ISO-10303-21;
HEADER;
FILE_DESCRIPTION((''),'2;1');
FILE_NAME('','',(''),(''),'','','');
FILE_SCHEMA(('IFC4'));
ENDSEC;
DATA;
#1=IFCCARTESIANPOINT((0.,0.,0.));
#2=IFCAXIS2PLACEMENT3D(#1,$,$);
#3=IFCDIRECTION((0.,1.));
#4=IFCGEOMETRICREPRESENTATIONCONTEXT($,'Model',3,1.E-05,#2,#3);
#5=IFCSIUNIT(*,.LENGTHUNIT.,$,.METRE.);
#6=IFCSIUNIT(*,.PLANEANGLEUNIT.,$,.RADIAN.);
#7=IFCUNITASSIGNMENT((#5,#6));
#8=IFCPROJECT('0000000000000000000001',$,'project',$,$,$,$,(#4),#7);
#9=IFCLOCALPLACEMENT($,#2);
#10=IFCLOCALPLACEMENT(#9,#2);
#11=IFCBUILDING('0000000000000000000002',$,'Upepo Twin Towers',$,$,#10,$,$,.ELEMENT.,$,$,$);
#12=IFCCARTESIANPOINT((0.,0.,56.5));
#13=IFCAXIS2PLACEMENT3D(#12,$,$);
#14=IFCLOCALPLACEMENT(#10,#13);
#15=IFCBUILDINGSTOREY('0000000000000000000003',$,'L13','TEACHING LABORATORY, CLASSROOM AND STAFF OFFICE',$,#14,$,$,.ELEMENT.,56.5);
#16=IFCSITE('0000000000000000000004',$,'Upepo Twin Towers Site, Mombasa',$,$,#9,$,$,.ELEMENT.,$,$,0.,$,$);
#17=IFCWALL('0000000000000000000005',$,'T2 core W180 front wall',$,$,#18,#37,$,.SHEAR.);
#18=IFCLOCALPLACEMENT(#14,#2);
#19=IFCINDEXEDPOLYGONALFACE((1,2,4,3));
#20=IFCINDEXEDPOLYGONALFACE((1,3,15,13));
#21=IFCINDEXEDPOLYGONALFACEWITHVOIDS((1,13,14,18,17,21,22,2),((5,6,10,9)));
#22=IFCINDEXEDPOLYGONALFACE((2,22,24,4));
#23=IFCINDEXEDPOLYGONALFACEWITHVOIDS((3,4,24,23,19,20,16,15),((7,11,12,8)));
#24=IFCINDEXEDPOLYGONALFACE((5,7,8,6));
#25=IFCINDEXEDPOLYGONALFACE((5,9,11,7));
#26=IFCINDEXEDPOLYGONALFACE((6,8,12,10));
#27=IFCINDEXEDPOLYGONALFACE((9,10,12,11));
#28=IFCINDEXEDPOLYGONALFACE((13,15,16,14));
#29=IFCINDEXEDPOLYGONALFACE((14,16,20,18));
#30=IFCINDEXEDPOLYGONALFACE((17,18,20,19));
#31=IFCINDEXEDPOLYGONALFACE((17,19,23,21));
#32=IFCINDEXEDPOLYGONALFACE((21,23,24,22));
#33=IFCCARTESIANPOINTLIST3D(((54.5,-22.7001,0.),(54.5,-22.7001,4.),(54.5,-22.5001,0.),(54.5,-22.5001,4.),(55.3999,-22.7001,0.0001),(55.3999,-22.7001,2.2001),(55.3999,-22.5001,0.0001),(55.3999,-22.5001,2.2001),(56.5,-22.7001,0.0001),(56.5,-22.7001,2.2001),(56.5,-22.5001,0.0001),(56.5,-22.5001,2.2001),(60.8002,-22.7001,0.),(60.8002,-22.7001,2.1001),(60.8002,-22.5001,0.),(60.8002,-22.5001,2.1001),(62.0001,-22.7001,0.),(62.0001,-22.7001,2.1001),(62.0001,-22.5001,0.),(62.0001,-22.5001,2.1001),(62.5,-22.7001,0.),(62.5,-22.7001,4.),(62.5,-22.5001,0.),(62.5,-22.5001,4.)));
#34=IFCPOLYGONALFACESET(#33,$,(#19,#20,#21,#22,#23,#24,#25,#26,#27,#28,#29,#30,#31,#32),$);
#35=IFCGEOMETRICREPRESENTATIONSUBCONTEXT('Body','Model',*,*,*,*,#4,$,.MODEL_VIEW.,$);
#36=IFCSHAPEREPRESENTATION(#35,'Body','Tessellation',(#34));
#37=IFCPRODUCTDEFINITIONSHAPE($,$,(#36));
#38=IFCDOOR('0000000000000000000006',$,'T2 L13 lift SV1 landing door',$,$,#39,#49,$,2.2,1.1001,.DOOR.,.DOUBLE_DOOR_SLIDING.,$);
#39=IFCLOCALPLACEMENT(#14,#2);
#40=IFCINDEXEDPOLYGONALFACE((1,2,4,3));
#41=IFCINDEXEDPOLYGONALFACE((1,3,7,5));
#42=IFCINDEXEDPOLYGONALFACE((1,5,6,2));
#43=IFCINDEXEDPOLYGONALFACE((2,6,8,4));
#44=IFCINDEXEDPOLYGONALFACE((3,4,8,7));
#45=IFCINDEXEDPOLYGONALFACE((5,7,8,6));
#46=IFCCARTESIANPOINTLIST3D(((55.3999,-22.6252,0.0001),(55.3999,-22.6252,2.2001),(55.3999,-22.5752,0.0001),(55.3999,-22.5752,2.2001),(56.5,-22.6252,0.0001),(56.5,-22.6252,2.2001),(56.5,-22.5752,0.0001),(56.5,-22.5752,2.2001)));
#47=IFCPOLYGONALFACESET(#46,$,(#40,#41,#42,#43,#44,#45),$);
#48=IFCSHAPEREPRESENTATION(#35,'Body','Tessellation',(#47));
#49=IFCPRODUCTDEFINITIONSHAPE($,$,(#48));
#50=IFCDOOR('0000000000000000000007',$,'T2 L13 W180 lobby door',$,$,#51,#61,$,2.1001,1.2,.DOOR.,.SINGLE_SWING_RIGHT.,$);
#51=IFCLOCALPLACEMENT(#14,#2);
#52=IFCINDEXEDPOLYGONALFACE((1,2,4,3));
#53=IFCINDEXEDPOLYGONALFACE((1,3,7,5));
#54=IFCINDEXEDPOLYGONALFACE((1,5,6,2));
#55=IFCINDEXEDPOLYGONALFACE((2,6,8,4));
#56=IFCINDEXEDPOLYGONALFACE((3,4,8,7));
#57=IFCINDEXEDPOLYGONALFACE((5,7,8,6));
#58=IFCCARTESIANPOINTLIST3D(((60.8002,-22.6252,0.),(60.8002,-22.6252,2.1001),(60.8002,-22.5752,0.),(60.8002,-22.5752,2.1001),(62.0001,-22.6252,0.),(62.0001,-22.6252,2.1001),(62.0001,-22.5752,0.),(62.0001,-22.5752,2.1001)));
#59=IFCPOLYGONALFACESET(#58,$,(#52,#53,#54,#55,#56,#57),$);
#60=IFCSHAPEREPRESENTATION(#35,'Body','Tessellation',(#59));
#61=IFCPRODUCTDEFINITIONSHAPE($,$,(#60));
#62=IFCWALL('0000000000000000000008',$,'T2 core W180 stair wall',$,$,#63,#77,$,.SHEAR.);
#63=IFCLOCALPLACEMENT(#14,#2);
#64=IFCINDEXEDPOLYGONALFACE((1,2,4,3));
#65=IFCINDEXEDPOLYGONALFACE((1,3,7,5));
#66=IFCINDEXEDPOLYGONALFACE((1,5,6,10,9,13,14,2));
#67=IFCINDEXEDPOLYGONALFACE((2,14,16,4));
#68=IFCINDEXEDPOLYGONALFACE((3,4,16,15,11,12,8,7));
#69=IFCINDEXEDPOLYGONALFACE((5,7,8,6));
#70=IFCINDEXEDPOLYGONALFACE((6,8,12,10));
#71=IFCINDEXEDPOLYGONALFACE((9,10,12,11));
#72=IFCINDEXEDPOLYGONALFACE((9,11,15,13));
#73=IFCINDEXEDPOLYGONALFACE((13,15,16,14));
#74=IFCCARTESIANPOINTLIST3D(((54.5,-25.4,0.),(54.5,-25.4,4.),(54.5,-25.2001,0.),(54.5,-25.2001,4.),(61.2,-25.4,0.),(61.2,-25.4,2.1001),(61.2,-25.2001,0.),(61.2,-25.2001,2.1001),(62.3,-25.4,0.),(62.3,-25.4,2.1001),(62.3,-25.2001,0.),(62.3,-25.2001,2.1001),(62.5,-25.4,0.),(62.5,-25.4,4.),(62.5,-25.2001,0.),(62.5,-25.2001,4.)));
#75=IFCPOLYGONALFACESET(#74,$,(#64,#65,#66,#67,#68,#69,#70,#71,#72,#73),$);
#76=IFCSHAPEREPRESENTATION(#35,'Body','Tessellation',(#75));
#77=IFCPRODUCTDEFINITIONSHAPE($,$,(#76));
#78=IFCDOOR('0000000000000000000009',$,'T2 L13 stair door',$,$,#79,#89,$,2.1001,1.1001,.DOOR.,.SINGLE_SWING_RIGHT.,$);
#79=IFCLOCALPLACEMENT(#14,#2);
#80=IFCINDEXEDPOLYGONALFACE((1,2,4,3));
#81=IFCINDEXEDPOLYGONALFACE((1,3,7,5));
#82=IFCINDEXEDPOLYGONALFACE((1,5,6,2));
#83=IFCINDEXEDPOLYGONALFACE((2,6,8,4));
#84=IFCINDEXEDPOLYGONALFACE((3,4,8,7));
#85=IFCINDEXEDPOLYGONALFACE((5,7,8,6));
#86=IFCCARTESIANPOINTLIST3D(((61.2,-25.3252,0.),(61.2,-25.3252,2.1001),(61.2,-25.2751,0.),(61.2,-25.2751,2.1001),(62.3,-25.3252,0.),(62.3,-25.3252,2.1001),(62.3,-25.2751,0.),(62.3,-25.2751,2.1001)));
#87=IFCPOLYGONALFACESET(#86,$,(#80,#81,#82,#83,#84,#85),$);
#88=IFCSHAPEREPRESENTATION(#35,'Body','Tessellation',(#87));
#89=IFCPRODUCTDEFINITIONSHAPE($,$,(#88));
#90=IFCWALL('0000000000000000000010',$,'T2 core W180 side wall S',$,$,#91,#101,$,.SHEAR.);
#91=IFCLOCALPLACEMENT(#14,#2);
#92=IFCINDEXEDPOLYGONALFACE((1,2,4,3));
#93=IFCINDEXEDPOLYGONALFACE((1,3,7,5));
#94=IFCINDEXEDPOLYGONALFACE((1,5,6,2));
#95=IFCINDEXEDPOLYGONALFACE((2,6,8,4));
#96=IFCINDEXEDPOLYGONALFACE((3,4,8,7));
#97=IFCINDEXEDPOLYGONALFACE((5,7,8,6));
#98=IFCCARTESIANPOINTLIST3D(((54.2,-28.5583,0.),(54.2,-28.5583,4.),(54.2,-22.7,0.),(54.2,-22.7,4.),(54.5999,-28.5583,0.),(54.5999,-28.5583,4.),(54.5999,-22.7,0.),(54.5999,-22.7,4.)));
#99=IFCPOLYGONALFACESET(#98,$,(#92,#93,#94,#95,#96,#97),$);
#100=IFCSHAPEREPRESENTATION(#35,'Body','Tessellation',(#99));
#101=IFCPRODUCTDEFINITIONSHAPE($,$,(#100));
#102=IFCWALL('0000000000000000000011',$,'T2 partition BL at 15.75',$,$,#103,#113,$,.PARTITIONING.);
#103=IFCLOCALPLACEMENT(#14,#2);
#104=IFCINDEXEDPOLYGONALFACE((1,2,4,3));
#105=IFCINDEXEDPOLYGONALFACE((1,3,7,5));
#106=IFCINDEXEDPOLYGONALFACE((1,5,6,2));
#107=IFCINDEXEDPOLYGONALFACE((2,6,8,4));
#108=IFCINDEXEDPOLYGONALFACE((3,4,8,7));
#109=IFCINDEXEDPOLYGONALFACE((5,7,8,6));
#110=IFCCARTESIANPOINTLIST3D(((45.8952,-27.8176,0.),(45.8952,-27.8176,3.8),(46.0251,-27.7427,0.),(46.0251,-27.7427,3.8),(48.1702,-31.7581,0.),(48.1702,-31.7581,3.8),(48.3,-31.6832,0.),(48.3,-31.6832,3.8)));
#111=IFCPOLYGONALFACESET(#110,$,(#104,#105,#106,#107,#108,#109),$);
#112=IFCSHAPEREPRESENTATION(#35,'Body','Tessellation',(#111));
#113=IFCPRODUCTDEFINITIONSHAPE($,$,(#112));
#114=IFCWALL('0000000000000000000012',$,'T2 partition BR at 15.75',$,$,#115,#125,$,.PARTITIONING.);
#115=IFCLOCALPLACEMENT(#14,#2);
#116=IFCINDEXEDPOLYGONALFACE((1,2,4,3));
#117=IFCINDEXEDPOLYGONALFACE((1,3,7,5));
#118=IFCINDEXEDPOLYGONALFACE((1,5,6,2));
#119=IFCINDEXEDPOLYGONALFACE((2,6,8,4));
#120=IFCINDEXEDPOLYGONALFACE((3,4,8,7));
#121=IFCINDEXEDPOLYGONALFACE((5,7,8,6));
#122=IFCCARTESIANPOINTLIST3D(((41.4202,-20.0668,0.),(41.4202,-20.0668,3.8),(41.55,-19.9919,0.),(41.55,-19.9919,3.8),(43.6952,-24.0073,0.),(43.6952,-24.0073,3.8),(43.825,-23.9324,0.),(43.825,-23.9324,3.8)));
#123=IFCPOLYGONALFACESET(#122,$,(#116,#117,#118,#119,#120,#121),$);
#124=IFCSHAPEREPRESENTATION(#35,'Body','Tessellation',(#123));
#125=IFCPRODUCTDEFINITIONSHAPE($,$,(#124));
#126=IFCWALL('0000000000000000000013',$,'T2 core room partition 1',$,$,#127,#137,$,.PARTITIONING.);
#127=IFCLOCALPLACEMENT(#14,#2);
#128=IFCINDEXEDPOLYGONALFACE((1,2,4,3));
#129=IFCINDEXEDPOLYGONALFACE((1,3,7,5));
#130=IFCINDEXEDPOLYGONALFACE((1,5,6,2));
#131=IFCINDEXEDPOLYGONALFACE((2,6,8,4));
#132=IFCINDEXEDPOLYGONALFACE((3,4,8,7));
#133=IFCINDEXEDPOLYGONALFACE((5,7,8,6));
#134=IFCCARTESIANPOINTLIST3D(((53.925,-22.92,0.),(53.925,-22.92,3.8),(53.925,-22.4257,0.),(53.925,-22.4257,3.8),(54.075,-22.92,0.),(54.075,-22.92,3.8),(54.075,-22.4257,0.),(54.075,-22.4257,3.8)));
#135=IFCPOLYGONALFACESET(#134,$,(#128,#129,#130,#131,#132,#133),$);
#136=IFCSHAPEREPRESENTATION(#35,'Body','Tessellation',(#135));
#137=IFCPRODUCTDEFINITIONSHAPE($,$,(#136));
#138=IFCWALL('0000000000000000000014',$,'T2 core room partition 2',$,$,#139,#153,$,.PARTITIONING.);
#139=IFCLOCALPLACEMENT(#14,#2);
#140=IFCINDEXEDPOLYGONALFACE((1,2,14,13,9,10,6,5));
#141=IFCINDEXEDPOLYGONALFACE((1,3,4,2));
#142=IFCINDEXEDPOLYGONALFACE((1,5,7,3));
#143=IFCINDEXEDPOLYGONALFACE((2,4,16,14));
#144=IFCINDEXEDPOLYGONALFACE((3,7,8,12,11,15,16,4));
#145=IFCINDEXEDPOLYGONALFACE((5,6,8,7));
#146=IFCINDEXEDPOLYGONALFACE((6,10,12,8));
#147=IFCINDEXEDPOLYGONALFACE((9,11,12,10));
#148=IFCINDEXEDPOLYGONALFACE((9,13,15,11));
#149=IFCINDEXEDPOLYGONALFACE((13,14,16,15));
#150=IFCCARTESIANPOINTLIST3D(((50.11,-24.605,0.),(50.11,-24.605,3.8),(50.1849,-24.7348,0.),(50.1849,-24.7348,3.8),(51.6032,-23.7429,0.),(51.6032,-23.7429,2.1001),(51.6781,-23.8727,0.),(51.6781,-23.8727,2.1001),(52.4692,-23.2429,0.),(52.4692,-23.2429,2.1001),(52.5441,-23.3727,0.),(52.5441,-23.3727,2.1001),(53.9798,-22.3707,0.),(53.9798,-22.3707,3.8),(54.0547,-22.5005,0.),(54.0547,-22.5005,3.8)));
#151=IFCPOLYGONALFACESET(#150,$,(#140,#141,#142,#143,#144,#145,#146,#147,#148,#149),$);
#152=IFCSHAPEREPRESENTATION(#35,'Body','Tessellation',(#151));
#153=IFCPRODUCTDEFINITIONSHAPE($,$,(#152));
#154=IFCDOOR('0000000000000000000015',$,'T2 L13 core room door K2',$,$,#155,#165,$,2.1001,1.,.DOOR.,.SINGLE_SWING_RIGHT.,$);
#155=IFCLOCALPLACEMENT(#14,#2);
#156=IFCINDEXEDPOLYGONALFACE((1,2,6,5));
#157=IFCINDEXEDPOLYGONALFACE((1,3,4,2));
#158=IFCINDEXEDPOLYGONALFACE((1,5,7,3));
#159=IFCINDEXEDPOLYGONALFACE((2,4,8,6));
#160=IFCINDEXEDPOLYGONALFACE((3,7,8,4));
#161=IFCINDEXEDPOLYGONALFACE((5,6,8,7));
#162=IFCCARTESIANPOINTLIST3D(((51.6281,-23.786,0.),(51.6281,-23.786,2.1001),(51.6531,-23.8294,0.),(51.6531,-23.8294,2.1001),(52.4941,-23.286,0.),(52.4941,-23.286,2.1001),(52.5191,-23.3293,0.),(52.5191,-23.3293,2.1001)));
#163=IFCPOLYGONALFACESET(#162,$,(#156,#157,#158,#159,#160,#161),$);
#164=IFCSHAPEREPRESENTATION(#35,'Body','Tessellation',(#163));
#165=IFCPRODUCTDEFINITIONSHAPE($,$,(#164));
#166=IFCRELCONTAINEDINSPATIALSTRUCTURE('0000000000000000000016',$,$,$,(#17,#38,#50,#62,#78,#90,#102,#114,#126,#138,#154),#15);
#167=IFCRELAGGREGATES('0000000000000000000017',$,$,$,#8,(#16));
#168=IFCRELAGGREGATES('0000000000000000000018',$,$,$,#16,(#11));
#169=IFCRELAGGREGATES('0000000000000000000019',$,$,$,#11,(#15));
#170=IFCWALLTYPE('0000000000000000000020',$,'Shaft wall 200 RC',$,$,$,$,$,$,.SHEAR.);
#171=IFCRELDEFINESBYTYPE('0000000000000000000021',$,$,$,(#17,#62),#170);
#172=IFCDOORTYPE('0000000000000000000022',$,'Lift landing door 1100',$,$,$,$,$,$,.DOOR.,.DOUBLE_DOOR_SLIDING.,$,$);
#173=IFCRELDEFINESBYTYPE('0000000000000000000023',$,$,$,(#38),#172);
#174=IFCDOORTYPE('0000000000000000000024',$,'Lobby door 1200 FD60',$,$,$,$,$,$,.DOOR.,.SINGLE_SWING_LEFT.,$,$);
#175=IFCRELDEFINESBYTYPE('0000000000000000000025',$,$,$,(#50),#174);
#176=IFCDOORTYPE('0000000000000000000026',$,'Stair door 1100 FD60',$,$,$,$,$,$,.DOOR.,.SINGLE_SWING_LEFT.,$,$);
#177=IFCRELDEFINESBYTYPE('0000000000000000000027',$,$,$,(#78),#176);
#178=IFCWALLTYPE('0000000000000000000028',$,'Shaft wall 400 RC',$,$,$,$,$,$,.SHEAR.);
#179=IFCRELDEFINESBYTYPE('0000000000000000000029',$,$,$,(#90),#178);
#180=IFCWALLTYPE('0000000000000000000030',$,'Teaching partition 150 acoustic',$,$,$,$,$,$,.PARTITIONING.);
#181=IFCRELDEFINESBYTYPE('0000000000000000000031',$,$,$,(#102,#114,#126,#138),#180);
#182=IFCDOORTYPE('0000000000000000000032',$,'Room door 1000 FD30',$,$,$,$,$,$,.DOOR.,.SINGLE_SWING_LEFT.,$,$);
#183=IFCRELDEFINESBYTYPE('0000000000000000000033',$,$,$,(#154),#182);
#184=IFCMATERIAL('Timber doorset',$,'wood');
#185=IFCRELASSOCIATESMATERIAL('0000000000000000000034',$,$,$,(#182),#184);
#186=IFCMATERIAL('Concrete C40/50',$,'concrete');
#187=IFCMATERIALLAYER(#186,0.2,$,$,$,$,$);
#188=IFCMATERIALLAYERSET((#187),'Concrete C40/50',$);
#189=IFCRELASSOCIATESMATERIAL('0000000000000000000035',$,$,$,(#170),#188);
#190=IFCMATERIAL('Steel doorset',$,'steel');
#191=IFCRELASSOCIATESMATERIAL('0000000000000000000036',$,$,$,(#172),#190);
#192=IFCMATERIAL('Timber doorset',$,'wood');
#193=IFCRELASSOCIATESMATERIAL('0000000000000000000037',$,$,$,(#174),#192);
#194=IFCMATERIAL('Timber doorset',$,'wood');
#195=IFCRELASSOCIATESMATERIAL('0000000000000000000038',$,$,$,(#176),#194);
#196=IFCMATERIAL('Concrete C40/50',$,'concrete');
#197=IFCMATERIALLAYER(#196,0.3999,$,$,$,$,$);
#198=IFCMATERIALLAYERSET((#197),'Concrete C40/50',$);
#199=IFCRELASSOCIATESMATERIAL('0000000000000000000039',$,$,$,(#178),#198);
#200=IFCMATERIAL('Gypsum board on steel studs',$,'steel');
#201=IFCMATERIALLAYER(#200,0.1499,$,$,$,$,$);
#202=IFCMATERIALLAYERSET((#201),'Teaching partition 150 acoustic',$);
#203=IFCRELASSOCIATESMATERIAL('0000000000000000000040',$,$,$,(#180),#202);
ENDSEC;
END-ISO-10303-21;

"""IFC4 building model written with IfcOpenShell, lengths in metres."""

from ifc_helpers import new_model, si_unit, direction, frame, frame_2d, origin, place, context, subcontext, project, spatial, rectangle, extrude, material, layer, layer_set, type_object, element, fill, save


model = new_model("IFC4")

# Units and contexts
model_context = context("Model", 3, precision=1e-05, world=origin(), true_north=direction((0.0, 1.0)))
body_context = subcontext(model_context, "Body", "Model", "MODEL_VIEW")
ifc_project = project(units=[si_unit("LENGTHUNIT", "METRE"), si_unit("PLANEANGLEUNIT", "RADIAN")], contexts=[model_context])

# Site, building, storey
site_placement = place(None, origin())
site = spatial("IfcSite", under=ifc_project, at=site_placement, Name="Upepo Twin Towers Site, Mombasa", CompositionType="ELEMENT", RefElevation=0.0)
building_placement = place(site_placement, origin())
building = spatial("IfcBuilding", under=site, at=building_placement, Name="Upepo Twin Towers", CompositionType="ELEMENT")
storey_placement = place(building_placement, frame((0.0, 0.0, 56.5)))
storey = spatial("IfcBuildingStorey", under=building, at=storey_placement, Name="L13", Description="TEACHING LABORATORY, CLASSROOM AND STAFF OFFICE", CompositionType="ELEMENT", Elevation=56.5)

# Shared definitions
ifc_material_1 = material(Name="Timber doorset", Category="wood")
door_type_1 = type_object("IfcDoorType", Name="Room door 1000 FD30", OperationType="SINGLE_SWING_LEFT", PredefinedType="DOOR", material=ifc_material_1)

# Wall, openings, doors
ifc_material_2 = material(Name="Concrete C40/50", Category="concrete")
ifc_layer_1 = layer(ifc_material_2, 0.2)
ifc_layer_set_1 = layer_set([ifc_layer_1], Name="Concrete C40/50")
wall_type_1 = type_object("IfcWallType", Name="Shaft wall 200 RC", PredefinedType="SHEAR", material=ifc_layer_set_1)
wall_1_placement = place(storey_placement, frame((54.5, -22.6001, 0.0), z_axis=(0.0, 0.0, 1.0), x_axis=(1.0, 0.0, 0.0)))
wall_1 = element("IfcWall", 1, at=wall_1_placement, inside=storey, type_object=wall_type_1, Name="T2 core W180 front wall", PredefinedType="SHEAR", context=body_context, shape_type="SweptSolid", body=[
    extrude(rectangle(XDim=8.0, YDim=0.2, at=frame_2d((4.0, 0.0))), origin(), (0.0, 0.0, 1.0), 4.0),
])
opening_1_placement = place(wall_1_placement, frame((6.3, 0.0, 0.0)))
opening_1 = element("IfcOpeningElement", 2, at=opening_1_placement, cuts=wall_1, PredefinedType="OPENING", context=body_context, shape_type="SweptSolid", body=[
    extrude(rectangle(XDim=1.2, YDim=2.1001, at=frame_2d((0.6001, 1.05))), frame((0.0, 0.1099, 0.0), z_axis=(0.0, -1.0, 0.0), x_axis=(1.0, 0.0, 0.0)), (0.0, 0.0, 1.0), 0.22),
])
opening_2_placement = place(wall_1_placement, frame((0.8999, 0.0, 0.0)))
opening_2 = element("IfcOpeningElement", 3, at=opening_2_placement, cuts=wall_1, PredefinedType="OPENING", context=body_context, shape_type="SweptSolid", body=[
    extrude(rectangle(XDim=1.1001, YDim=2.2, at=frame_2d((0.55, 1.1001))), frame((0.0, 0.1099, 0.0), z_axis=(0.0, -1.0, 0.0), x_axis=(1.0, 0.0, 0.0)), (0.0, 0.0, 1.0), 0.22),
])
ifc_material_3 = material(Name="Steel doorset", Category="steel")
door_type_2 = type_object("IfcDoorType", Name="Lift landing door 1100", OperationType="DOUBLE_DOOR_SLIDING", PredefinedType="DOOR", material=ifc_material_3)
door_1_placement = place(opening_2_placement, origin())
door_1 = element("IfcDoor", 4, at=door_1_placement, inside=storey, type_object=door_type_2, Name="T2 L13 lift SV1 landing door", OperationType="DOUBLE_DOOR_SLIDING", OverallHeight=2.2, OverallWidth=1.1001, PredefinedType="DOOR", context=body_context, shape_type="SweptSolid", body=[
    extrude(rectangle(XDim=1.1001, YDim=2.2, at=frame_2d((0.55, 1.1001))), frame((0.0, 0.0249, 0.0), z_axis=(0.0, -1.0, 0.0), x_axis=(1.0, 0.0, 0.0)), (0.0, 0.0, 1.0), 0.05),
])
fill(opening_2, door_1)
ifc_material_4 = material(Name="Timber doorset", Category="wood")
door_type_3 = type_object("IfcDoorType", Name="Lobby door 1200 FD60", OperationType="SINGLE_SWING_LEFT", PredefinedType="DOOR", material=ifc_material_4)
door_2_placement = place(opening_1_placement, origin())
door_2 = element("IfcDoor", 5, at=door_2_placement, inside=storey, type_object=door_type_3, Name="T2 L13 W180 lobby door", OperationType="SINGLE_SWING_RIGHT", OverallHeight=2.1001, OverallWidth=1.2, PredefinedType="DOOR", context=body_context, shape_type="SweptSolid", body=[
    extrude(rectangle(XDim=1.2, YDim=2.1001, at=frame_2d((0.6001, 1.05))), frame((0.0, 0.0249, 0.0), z_axis=(0.0, -1.0, 0.0), x_axis=(1.0, 0.0, 0.0)), (0.0, 0.0, 1.0), 0.05),
])
fill(opening_1, door_2)

# Wall, opening, door
wall_2_placement = place(storey_placement, frame((54.5, -25.3, 0.0), z_axis=(0.0, 0.0, 1.0), x_axis=(1.0, 0.0, 0.0)))
wall_2 = element("IfcWall", 6, at=wall_2_placement, inside=storey, type_object=wall_type_1, Name="T2 core W180 stair wall", PredefinedType="SHEAR", context=body_context, shape_type="SweptSolid", body=[
    extrude(rectangle(XDim=8.0, YDim=0.2, at=frame_2d((4.0, 0.0))), origin(), (0.0, 0.0, 1.0), 4.0),
])
opening_3_placement = place(wall_2_placement, frame((6.7, 0.0, 0.0)))
opening_3 = element("IfcOpeningElement", 7, at=opening_3_placement, cuts=wall_2, PredefinedType="OPENING", context=body_context, shape_type="SweptSolid", body=[
    extrude(rectangle(XDim=1.1001, YDim=2.1001, at=frame_2d((0.55, 1.05))), frame((0.0, 0.1099, 0.0), z_axis=(0.0, -1.0, 0.0), x_axis=(1.0, 0.0, 0.0)), (0.0, 0.0, 1.0), 0.22),
])
ifc_material_5 = material(Name="Timber doorset", Category="wood")
door_type_4 = type_object("IfcDoorType", Name="Stair door 1100 FD60", OperationType="SINGLE_SWING_LEFT", PredefinedType="DOOR", material=ifc_material_5)
door_3_placement = place(opening_3_placement, origin())
door_3 = element("IfcDoor", 8, at=door_3_placement, inside=storey, type_object=door_type_4, Name="T2 L13 stair door", OperationType="SINGLE_SWING_RIGHT", OverallHeight=2.1001, OverallWidth=1.1001, PredefinedType="DOOR", context=body_context, shape_type="SweptSolid", body=[
    extrude(rectangle(XDim=1.1001, YDim=2.1001, at=frame_2d((0.55, 1.05))), frame((0.0, 0.0249, 0.0), z_axis=(0.0, -1.0, 0.0), x_axis=(1.0, 0.0, 0.0)), (0.0, 0.0, 1.0), 0.05),
])
fill(opening_3, door_3)

# Walls
ifc_material_6 = material(Name="Concrete C40/50", Category="concrete")
ifc_layer_2 = layer(ifc_material_6, 0.3999)
ifc_layer_set_2 = layer_set([ifc_layer_2], Name="Concrete C40/50")
wall_type_2 = type_object("IfcWallType", Name="Shaft wall 400 RC", PredefinedType="SHEAR", material=ifc_layer_set_2)
wall_3_placement = place(storey_placement, frame((54.3999, -22.7, 0.0), z_axis=(0.0, 0.0, 1.0), x_axis=(0.0, -1.0, 0.0)))
element("IfcWall", 9, at=wall_3_placement, inside=storey, type_object=wall_type_2, Name="T2 core W180 side wall S", PredefinedType="SHEAR", context=body_context, shape_type="SweptSolid", body=[
    extrude(rectangle(XDim=5.8584, YDim=0.3999, at=frame_2d((2.9292, 0.0))), origin(), (0.0, 0.0, 1.0), 4.0),
])
ifc_material_7 = material(Name="Gypsum board on steel studs", Category="steel")
ifc_layer_3 = layer(ifc_material_7, 0.1499)
ifc_layer_set_3 = layer_set([ifc_layer_3], Name="Teaching partition 150 acoustic")
wall_type_3 = type_object("IfcWallType", Name="Teaching partition 150 acoustic", PredefinedType="PARTITIONING", material=ifc_layer_set_3)
for number, where, z_axis, x_axis, name in (
    (10, (45.9602, -27.7803, 0.0), (0.0, 0.0, 1.0), (0.499983, -0.866035, 0.0), "T2 partition BL at 15.75"),
    (11, (43.76, -23.9697, 0.0), (0.0, 0.0, 1.0), (-0.499983, 0.866035, 0.0), "T2 partition BR at 15.75"),
):
    element("IfcWall", number, at=place(storey_placement, frame(where, z_axis=z_axis, x_axis=x_axis)), inside=storey, type_object=wall_type_3, Name=name, PredefinedType="PARTITIONING", context=body_context, shape_type="SweptSolid", body=[
        extrude(rectangle(XDim=4.55, YDim=0.1499, at=frame_2d((2.2749, 0.0))), origin(), (0.0, 0.0, 1.0), 3.8),
    ])
wall_4_placement = place(storey_placement, frame((54.0, -22.9199, 0.0), z_axis=(0.0, 0.0, 1.0), x_axis=(0.0, 1.0, 0.0)))
element("IfcWall", 12, at=wall_4_placement, inside=storey, type_object=wall_type_3, Name="T2 core room partition 1", PredefinedType="PARTITIONING", context=body_context, shape_type="SweptSolid", body=[
    extrude(rectangle(XDim=0.4944, YDim=0.1499, at=frame_2d((0.2471, 0.0))), origin(), (0.0, 0.0, 1.0), 3.8),
])

# Wall, opening, door
wall_5_placement = place(storey_placement, frame((54.0173, -22.4355, 0.0), z_axis=(0.0, 0.0, 1.0), x_axis=(-0.866015, -0.500017, 0.0)))
wall_5 = element("IfcWall", 13, at=wall_5_placement, inside=storey, type_object=wall_type_3, Name="T2 core room partition 2", PredefinedType="PARTITIONING", context=body_context, shape_type="SweptSolid", body=[
    extrude(rectangle(XDim=4.4685, YDim=0.1499, at=frame_2d((2.2344, 0.0))), origin(), (0.0, 0.0, 1.0), 3.8),
])
opening_4_placement = place(wall_5_placement, frame((1.7444, 0.0, 0.0)))
opening_4 = element("IfcOpeningElement", 14, at=opening_4_placement, cuts=wall_5, PredefinedType="OPENING", context=body_context, shape_type="SweptSolid", body=[
    extrude(rectangle(XDim=1.0, YDim=2.1001, at=frame_2d((0.5, 1.05))), frame((0.0, 0.085, 0.0), z_axis=(0.0, -1.0, 0.0), x_axis=(1.0, 0.0, 0.0)), (0.0, 0.0, 1.0), 0.1699),
])
door_4_placement = place(opening_4_placement, origin())
door_4 = element("IfcDoor", 15, at=door_4_placement, inside=storey, type_object=door_type_1, Name="T2 L13 core room door K2", OperationType="SINGLE_SWING_RIGHT", OverallHeight=2.1001, OverallWidth=1.0, PredefinedType="DOOR", context=body_context, shape_type="SweptSolid", body=[
    extrude(rectangle(XDim=1.0, YDim=2.1001, at=frame_2d((0.5, 1.05))), frame((0.0, 0.0249, 0.0), z_axis=(0.0, -1.0, 0.0), x_axis=(1.0, 0.0, 0.0)), (0.0, 0.0, 1.0), 0.05),
])
fill(opening_4, door_4)

save(model, "model.ifc")
